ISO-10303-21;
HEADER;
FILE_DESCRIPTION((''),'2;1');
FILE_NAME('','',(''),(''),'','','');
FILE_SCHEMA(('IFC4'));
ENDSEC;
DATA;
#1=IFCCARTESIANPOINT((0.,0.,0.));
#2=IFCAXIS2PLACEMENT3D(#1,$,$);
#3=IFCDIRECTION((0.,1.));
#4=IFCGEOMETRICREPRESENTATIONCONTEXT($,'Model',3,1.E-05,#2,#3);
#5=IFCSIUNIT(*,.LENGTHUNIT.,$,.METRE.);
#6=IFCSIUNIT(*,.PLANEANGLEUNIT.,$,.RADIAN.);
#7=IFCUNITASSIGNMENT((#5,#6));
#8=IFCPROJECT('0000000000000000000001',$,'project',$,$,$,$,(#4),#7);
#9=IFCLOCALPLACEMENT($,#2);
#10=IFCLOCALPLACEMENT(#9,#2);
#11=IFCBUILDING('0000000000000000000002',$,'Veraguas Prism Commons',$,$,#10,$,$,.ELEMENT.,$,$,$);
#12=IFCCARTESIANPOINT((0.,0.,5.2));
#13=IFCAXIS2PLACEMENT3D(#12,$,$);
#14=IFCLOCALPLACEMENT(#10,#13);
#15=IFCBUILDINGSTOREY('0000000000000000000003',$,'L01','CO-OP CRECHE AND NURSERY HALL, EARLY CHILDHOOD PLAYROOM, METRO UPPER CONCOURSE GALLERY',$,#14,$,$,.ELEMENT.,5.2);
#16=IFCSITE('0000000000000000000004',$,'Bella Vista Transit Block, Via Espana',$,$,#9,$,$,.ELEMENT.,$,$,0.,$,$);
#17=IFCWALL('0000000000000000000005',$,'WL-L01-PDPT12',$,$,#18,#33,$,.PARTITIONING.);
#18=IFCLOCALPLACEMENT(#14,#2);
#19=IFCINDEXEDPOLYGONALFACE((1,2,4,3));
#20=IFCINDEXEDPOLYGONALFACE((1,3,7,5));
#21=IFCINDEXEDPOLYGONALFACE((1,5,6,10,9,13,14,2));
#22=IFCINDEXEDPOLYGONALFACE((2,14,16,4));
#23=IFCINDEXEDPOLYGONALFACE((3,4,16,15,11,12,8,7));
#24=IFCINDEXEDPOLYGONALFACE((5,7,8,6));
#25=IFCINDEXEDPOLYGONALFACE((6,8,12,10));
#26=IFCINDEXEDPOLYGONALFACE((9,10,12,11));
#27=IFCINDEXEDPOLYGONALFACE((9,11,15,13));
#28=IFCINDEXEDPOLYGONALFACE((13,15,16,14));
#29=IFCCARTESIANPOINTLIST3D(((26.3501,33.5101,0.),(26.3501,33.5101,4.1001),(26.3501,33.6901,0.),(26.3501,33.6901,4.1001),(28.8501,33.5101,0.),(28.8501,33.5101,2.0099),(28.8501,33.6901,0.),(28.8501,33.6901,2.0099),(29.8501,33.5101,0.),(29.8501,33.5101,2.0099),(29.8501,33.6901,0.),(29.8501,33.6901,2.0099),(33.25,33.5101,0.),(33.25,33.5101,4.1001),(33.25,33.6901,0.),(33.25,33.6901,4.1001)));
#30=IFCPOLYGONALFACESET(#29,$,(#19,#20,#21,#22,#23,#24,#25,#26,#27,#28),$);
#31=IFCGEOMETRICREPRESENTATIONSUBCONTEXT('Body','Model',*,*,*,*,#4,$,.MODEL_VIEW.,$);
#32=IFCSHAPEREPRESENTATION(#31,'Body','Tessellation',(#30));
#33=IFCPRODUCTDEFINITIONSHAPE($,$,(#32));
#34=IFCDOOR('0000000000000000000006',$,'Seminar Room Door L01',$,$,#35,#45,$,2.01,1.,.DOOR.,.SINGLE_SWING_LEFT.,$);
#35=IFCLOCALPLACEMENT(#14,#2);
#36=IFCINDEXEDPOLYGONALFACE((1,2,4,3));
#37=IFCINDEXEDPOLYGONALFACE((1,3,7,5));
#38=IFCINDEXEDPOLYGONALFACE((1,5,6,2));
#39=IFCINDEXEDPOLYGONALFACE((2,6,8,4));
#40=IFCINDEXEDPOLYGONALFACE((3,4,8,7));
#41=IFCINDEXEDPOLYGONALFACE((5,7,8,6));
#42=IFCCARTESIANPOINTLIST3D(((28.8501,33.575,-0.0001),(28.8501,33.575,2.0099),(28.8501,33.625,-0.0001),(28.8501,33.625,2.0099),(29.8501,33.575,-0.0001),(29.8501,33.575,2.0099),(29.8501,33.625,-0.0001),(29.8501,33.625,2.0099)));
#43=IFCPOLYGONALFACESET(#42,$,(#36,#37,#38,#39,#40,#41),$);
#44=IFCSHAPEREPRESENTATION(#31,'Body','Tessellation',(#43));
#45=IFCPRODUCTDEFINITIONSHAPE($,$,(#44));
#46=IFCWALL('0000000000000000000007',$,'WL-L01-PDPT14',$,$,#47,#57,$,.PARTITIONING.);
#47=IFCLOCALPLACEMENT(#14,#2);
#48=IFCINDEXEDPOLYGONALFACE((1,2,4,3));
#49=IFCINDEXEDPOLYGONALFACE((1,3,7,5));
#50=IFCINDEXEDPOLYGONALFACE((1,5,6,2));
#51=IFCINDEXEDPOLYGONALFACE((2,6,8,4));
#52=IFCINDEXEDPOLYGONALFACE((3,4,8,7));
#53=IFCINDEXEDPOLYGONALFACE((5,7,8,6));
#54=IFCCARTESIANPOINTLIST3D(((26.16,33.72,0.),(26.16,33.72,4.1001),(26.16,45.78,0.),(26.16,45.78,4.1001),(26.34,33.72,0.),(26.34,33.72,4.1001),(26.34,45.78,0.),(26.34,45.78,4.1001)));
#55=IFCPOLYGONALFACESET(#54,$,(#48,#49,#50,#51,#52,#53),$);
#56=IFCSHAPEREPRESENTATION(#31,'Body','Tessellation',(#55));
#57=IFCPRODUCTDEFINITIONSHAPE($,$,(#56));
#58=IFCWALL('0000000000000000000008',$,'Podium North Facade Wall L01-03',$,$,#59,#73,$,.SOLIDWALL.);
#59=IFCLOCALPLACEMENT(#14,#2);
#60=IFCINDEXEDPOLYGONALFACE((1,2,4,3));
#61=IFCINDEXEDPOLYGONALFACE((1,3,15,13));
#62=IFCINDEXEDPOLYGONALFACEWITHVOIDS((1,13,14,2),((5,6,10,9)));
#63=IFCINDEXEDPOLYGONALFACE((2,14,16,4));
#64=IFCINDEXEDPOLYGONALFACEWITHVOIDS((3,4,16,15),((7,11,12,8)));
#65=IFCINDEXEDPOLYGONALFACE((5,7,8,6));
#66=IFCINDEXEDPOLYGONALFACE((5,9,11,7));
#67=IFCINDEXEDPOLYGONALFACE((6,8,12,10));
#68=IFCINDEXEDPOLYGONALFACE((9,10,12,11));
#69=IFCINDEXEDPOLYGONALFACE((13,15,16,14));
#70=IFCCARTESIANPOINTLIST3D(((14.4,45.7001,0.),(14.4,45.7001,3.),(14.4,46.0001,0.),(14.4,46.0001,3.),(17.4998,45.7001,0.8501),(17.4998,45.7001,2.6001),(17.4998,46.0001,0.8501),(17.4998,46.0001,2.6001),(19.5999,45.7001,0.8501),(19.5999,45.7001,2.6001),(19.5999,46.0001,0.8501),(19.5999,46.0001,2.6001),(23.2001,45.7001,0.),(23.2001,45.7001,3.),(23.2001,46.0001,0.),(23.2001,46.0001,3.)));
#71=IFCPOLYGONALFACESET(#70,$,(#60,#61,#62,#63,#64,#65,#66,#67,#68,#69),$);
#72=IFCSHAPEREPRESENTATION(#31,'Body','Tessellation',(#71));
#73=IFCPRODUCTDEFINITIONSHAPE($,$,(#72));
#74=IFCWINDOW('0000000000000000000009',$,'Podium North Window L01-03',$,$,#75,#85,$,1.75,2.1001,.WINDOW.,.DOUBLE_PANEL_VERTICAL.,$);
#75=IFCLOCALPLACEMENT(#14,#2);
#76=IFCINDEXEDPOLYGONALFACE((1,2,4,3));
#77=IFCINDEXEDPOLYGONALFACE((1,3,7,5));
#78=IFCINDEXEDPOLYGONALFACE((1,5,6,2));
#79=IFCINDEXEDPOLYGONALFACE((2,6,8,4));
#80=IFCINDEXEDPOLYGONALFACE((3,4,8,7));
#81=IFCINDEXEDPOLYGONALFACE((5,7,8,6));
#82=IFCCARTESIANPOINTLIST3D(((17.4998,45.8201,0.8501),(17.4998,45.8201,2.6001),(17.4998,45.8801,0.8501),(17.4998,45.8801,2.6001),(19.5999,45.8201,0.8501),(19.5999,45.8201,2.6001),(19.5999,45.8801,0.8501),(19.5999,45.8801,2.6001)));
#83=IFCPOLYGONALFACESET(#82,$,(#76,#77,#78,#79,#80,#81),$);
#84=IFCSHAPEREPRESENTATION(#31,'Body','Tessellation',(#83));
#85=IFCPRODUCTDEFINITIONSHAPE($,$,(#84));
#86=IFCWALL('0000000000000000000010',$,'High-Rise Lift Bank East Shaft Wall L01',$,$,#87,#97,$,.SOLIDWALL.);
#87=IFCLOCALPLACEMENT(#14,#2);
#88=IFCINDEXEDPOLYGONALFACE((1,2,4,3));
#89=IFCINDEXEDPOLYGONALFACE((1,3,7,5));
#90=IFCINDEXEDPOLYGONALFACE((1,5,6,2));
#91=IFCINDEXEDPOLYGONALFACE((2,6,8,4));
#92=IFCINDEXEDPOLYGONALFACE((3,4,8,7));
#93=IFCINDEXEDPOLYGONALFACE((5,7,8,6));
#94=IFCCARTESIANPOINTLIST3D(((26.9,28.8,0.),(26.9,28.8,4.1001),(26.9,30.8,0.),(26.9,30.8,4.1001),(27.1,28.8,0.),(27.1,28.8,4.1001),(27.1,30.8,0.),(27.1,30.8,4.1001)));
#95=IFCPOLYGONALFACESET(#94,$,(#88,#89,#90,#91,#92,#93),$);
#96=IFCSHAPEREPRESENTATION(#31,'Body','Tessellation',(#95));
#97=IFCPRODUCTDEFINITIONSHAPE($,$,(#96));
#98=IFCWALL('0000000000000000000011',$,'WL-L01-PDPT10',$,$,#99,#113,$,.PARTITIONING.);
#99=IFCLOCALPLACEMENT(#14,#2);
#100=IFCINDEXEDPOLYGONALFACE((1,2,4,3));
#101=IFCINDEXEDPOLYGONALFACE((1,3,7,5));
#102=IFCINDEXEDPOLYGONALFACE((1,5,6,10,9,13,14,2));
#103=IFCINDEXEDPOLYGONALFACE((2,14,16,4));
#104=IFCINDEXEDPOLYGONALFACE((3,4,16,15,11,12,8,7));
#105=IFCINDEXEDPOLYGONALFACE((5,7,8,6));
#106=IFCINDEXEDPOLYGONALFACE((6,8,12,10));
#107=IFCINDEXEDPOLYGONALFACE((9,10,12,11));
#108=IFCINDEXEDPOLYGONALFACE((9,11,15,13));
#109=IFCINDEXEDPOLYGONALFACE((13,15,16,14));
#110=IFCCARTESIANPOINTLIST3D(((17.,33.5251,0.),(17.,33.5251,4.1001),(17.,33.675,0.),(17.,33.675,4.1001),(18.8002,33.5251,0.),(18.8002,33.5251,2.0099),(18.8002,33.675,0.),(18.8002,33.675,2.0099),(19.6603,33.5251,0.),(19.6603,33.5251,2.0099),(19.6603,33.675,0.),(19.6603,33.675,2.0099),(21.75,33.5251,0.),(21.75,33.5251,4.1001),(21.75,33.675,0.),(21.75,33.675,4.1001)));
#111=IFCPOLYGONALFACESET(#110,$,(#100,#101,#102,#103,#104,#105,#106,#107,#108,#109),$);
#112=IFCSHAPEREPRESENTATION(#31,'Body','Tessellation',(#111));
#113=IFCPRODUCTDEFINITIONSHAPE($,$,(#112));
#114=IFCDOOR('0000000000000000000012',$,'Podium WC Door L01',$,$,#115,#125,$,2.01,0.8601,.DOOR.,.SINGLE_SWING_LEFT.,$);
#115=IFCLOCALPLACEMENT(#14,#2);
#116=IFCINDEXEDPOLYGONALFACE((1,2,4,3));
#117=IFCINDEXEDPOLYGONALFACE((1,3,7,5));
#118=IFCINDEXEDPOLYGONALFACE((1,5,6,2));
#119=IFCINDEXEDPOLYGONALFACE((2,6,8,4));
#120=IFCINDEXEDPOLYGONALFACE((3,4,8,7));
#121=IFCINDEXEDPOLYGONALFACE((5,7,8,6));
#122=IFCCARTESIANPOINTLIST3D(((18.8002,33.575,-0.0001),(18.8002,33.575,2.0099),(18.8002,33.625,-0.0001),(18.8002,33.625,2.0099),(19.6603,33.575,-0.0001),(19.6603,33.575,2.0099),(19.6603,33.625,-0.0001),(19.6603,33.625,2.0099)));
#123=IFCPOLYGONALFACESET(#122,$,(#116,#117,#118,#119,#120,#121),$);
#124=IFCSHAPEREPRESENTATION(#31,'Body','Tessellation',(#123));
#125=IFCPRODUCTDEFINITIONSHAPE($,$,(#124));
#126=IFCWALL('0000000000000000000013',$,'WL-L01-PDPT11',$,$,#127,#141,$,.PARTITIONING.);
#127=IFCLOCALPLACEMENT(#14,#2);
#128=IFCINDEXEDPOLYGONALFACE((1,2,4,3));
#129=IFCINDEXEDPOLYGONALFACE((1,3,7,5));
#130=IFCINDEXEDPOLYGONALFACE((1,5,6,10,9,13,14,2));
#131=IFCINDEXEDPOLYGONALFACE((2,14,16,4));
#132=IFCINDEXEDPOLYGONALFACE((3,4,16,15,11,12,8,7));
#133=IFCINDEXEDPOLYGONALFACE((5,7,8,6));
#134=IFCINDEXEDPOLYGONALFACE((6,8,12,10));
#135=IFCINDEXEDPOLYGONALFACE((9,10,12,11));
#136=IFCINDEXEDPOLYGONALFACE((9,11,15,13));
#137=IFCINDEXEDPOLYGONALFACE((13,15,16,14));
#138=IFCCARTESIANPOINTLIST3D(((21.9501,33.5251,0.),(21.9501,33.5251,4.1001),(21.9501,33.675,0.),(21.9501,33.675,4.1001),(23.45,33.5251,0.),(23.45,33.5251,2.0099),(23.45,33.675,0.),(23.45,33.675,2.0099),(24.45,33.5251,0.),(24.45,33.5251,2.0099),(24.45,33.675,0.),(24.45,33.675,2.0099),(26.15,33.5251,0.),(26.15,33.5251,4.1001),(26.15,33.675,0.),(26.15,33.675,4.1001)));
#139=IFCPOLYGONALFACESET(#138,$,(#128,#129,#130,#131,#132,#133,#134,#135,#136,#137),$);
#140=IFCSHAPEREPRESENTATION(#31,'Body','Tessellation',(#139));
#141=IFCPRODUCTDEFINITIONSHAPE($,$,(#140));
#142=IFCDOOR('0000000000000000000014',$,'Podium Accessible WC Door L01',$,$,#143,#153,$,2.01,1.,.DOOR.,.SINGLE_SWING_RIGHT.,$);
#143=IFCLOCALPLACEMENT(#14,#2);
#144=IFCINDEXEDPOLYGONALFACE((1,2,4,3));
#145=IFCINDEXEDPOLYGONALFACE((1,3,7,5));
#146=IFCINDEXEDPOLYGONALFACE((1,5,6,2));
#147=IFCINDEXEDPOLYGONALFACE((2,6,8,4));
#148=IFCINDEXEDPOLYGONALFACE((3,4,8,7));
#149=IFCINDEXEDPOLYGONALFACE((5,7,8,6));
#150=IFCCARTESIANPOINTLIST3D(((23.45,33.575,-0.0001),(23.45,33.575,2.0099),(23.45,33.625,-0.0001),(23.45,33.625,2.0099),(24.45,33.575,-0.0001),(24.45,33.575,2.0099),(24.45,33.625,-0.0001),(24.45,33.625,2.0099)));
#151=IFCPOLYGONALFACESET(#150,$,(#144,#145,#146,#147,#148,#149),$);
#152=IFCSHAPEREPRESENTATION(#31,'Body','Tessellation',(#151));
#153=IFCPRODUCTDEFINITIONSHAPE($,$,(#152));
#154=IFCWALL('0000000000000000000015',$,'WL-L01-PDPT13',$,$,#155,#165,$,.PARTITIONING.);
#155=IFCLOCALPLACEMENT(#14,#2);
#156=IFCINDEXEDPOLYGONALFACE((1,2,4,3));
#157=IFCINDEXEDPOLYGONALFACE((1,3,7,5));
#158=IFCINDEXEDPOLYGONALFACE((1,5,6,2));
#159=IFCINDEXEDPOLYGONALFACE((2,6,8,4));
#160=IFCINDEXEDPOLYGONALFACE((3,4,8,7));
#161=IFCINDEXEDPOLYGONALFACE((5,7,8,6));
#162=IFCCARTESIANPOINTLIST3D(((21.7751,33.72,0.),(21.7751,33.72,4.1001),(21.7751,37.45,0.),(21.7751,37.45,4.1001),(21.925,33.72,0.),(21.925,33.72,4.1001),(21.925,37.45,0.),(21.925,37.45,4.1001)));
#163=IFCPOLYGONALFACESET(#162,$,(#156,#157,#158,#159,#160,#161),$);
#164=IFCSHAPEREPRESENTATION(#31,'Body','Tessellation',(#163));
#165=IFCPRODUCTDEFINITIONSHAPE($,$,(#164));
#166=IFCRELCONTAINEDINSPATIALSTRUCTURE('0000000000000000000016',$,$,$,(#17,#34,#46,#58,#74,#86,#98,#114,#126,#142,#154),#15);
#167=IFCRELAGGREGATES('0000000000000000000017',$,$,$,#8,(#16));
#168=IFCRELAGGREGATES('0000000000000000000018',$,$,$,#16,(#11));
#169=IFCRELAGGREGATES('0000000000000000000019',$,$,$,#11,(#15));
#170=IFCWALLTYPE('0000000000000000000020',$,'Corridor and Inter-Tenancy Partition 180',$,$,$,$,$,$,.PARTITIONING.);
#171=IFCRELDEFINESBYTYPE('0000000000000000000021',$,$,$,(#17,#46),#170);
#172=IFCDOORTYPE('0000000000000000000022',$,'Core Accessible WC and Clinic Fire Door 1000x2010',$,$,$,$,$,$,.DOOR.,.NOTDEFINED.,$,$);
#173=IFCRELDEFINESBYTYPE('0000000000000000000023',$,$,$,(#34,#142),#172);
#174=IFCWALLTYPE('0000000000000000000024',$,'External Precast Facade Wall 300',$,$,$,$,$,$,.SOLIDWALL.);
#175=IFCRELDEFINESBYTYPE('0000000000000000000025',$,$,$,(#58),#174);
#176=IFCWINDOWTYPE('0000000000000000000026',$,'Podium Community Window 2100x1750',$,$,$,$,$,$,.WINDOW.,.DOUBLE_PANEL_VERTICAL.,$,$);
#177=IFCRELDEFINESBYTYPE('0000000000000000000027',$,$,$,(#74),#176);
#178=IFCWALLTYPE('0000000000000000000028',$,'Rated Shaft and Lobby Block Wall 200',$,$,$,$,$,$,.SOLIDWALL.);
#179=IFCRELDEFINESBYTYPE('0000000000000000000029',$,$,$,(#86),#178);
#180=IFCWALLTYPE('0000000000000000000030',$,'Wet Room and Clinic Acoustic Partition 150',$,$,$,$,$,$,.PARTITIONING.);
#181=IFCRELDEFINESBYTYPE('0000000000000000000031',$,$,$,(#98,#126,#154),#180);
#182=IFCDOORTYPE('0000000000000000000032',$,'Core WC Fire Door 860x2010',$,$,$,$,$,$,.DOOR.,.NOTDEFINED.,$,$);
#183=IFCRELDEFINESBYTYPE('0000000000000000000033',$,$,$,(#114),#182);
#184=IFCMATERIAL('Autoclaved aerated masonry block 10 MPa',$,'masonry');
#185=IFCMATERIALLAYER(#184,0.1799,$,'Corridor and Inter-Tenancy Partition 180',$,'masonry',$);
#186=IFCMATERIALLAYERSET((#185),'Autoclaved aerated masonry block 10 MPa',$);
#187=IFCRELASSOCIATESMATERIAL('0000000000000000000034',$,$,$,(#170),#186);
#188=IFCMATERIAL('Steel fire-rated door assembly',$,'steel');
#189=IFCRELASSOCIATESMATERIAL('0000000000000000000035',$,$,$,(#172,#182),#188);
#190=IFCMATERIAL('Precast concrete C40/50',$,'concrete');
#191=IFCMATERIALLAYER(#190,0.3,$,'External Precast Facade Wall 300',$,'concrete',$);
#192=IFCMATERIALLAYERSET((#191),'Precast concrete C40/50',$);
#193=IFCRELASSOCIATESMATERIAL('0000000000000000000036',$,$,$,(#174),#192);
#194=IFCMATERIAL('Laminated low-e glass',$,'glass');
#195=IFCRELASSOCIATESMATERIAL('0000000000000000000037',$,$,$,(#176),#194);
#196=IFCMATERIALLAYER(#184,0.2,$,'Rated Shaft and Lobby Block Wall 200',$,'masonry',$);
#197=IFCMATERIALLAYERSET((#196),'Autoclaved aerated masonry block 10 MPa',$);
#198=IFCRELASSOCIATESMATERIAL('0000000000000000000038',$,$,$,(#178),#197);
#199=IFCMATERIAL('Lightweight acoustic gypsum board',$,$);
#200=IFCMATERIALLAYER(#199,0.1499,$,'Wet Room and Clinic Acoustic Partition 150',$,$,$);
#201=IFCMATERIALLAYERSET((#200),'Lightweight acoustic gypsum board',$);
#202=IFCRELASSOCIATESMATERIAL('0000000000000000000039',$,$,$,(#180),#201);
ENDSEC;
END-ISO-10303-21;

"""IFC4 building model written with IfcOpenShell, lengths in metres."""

from ifc_helpers import new_model, si_unit, direction, frame, frame_2d, origin, place, context, subcontext, project, spatial, rectangle, extrude, source, transform, mapped, material, layer, layer_set, type_object, element, fill, save


model = new_model("IFC4")

# Units and contexts
model_context = context("Model", 3, precision=1e-05, world=origin(), true_north=direction((0.0, 1.0)))
body_context = subcontext(model_context, "Body", "Model", "MODEL_VIEW")
ifc_project = project(units=[si_unit("LENGTHUNIT", "METRE"), si_unit("PLANEANGLEUNIT", "RADIAN")], contexts=[model_context])

# Site, building, storey
site_placement = place(None, origin())
site = spatial("IfcSite", under=ifc_project, at=site_placement, Name="Bella Vista Transit Block, Via Espana", CompositionType="ELEMENT", RefElevation=0.0)
building_placement = place(site_placement, origin())
building = spatial("IfcBuilding", under=site, at=building_placement, Name="Veraguas Prism Commons", CompositionType="ELEMENT")
storey_placement = place(building_placement, frame((0.0, 0.0, 5.2)))
storey = spatial("IfcBuildingStorey", under=building, at=storey_placement, Name="L01", Description="CO-OP CRECHE AND NURSERY HALL, EARLY CHILDHOOD PLAYROOM, METRO UPPER CONCOURSE GALLERY", CompositionType="ELEMENT", Elevation=5.2)

# Wall, opening, door
ifc_material_1 = material(Name="Autoclaved aerated masonry block 10 MPa", Category="masonry")
ifc_layer_1 = layer(ifc_material_1, 0.1799, Name="Corridor and Inter-Tenancy Partition 180", Category="masonry")
ifc_layer_set_1 = layer_set([ifc_layer_1], Name="Autoclaved aerated masonry block 10 MPa")
wall_type_1 = type_object("IfcWallType", Name="Corridor and Inter-Tenancy Partition 180", PredefinedType="PARTITIONING", material=ifc_layer_set_1)
wall_1_placement = place(storey_placement, frame((26.3501, 33.6001, 0.0), z_axis=(0.0, 0.0, 1.0), x_axis=(1.0, 0.0, 0.0)))
wall_1 = element("IfcWall", 1, at=wall_1_placement, inside=storey, type_object=wall_type_1, Name="WL-L01-PDPT12", PredefinedType="PARTITIONING", context=body_context, shape_type="SweptSolid", body=[
    extrude(rectangle(XDim=6.8999, YDim=0.1799, at=frame_2d((3.45, 0.0))), origin(), (0.0, 0.0, 1.0), 4.1001),
])
opening_1_placement = place(wall_1_placement, frame((2.5, 0.0, 0.0)))
opening_1 = element("IfcOpeningElement", 2, at=opening_1_placement, cuts=wall_1, PredefinedType="OPENING", context=body_context, shape_type="SweptSolid", body=[
    extrude(rectangle(XDim=1.0, YDim=2.01, at=frame_2d((0.5, 1.0049))), frame((0.0, 0.0999, 0.0), z_axis=(0.0, -1.0, 0.0), x_axis=(1.0, 0.0, 0.0)), (0.0, 0.0, 1.0), 0.2),
])
ifc_material_2 = material(Name="Steel fire-rated door assembly", Category="steel")
door_type_1 = type_object("IfcDoorType", Name="Core Accessible WC and Clinic Fire Door 1000x2010", OperationType="NOTDEFINED", PredefinedType="DOOR", material=ifc_material_2)
shared_shape_1 = source(origin(), body_context, "Body", "SweptSolid", [
    extrude(rectangle(XDim=1.0, YDim=2.01, at=frame_2d((0.5, 1.0049))), frame((0.0, 0.0249, 0.0), z_axis=(0.0, -1.0, 0.0), x_axis=(1.0, 0.0, 0.0)), (0.0, 0.0, 1.0), 0.05),
])
door_1_placement = place(opening_1_placement, origin())
door_1 = element("IfcDoor", 3, at=door_1_placement, inside=storey, type_object=door_type_1, Name="Seminar Room Door L01", OperationType="SINGLE_SWING_LEFT", OverallHeight=2.01, OverallWidth=1.0, PredefinedType="DOOR", context=body_context, shape_type="MappedRepresentation", body=[
    mapped(shared_shape_1, transform((0.0, 0.0, 0.0), scale=1.0)),
])
fill(opening_1, door_1)

# Wall
wall_2_placement = place(storey_placement, frame((26.25, 33.72, 0.0), z_axis=(0.0, 0.0, 1.0), x_axis=(0.0, 1.0, 0.0)))
element("IfcWall", 4, at=wall_2_placement, inside=storey, type_object=wall_type_1, Name="WL-L01-PDPT14", PredefinedType="PARTITIONING", context=body_context, shape_type="SweptSolid", body=[
    extrude(rectangle(XDim=12.0601, YDim=0.1799, at=frame_2d((6.03, 0.0))), origin(), (0.0, 0.0, 1.0), 4.1001),
])

# Wall, opening, window
ifc_material_3 = material(Name="Precast concrete C40/50", Category="concrete")
ifc_layer_2 = layer(ifc_material_3, 0.3, Name="External Precast Facade Wall 300", Category="concrete")
ifc_layer_set_2 = layer_set([ifc_layer_2], Name="Precast concrete C40/50")
wall_type_2 = type_object("IfcWallType", Name="External Precast Facade Wall 300", PredefinedType="SOLIDWALL", material=ifc_layer_set_2)
wall_3_placement = place(storey_placement, frame((23.2, 45.8501, 0.0), z_axis=(0.0, 0.0, 1.0), x_axis=(-1.0, 0.0, 0.0)))
wall_3 = element("IfcWall", 5, at=wall_3_placement, inside=storey, type_object=wall_type_2, Name="Podium North Facade Wall L01-03", PredefinedType="SOLIDWALL", context=body_context, shape_type="SweptSolid", body=[
    extrude(rectangle(XDim=8.8, YDim=0.3, at=frame_2d((4.3999, 0.0))), origin(), (0.0, 0.0, 1.0), 3.0),
])
opening_2_placement = place(wall_3_placement, frame((3.6001, 0.0, 0.8501)))
opening_2 = element("IfcOpeningElement", 6, at=opening_2_placement, cuts=wall_3, PredefinedType="OPENING", context=body_context, shape_type="SweptSolid", body=[
    extrude(rectangle(XDim=2.1001, YDim=1.75, at=frame_2d((1.05, 0.875))), frame((0.0, 0.1599, 0.0), z_axis=(0.0, -1.0, 0.0), x_axis=(1.0, 0.0, 0.0)), (0.0, 0.0, 1.0), 0.3201),
])
ifc_material_4 = material(Name="Laminated low-e glass", Category="glass")
window_type = type_object("IfcWindowType", Name="Podium Community Window 2100x1750", PartitioningType="DOUBLE_PANEL_VERTICAL", PredefinedType="WINDOW", material=ifc_material_4)
shared_shape_2 = source(origin(), body_context, "Body", "SweptSolid", [
    extrude(rectangle(XDim=2.1001, YDim=1.75, at=frame_2d((1.05, 0.875))), frame((0.0, 0.03, 0.0), z_axis=(0.0, -1.0, 0.0), x_axis=(1.0, 0.0, 0.0)), (0.0, 0.0, 1.0), 0.0601),
])
window_placement = place(opening_2_placement, origin())
window = element("IfcWindow", 7, at=window_placement, inside=storey, type_object=window_type, Name="Podium North Window L01-03", OverallHeight=1.75, OverallWidth=2.1001, PartitioningType="DOUBLE_PANEL_VERTICAL", PredefinedType="WINDOW", context=body_context, shape_type="MappedRepresentation", body=[
    mapped(shared_shape_2, transform((0.0, 0.0, 0.0), scale=1.0)),
])
fill(opening_2, window)

# Wall
ifc_layer_3 = layer(ifc_material_1, 0.2, Name="Rated Shaft and Lobby Block Wall 200", Category="masonry")
ifc_layer_set_3 = layer_set([ifc_layer_3], Name="Autoclaved aerated masonry block 10 MPa")
wall_type_3 = type_object("IfcWallType", Name="Rated Shaft and Lobby Block Wall 200", PredefinedType="SOLIDWALL", material=ifc_layer_set_3)
wall_4_placement = place(storey_placement, frame((27.0, 28.8, 0.0), z_axis=(0.0, 0.0, 1.0), x_axis=(0.0, 1.0, 0.0)))
element("IfcWall", 8, at=wall_4_placement, inside=storey, type_object=wall_type_3, Name="High-Rise Lift Bank East Shaft Wall L01", PredefinedType="SOLIDWALL", context=body_context, shape_type="SweptSolid", body=[
    extrude(rectangle(XDim=2.0, YDim=0.2, at=frame_2d((1.0, 0.0))), origin(), (0.0, 0.0, 1.0), 4.1001),
])

# Walls, openings, doors
ifc_material_5 = material(Name="Lightweight acoustic gypsum board")
ifc_layer_4 = layer(ifc_material_5, 0.1499, Name="Wet Room and Clinic Acoustic Partition 150")
ifc_layer_set_4 = layer_set([ifc_layer_4], Name="Lightweight acoustic gypsum board")
wall_type_4 = type_object("IfcWallType", Name="Wet Room and Clinic Acoustic Partition 150", PredefinedType="PARTITIONING", material=ifc_layer_set_4)
wall_5_placement = place(storey_placement, frame((17.0, 33.6001, 0.0), z_axis=(0.0, 0.0, 1.0), x_axis=(1.0, 0.0, 0.0)))
wall_5 = element("IfcWall", 9, at=wall_5_placement, inside=storey, type_object=wall_type_4, Name="WL-L01-PDPT10", PredefinedType="PARTITIONING", context=body_context, shape_type="SweptSolid", body=[
    extrude(rectangle(XDim=4.75, YDim=0.1499, at=frame_2d((2.375, 0.0))), origin(), (0.0, 0.0, 1.0), 4.1001),
])
opening_3_placement = place(wall_5_placement, frame((1.8, 0.0, 0.0)))
opening_3 = element("IfcOpeningElement", 10, at=opening_3_placement, cuts=wall_5, PredefinedType="OPENING", context=body_context, shape_type="SweptSolid", body=[
    extrude(rectangle(XDim=0.8601, YDim=2.01, at=frame_2d((0.4302, 1.0049))), frame((0.0, 0.085, 0.0), z_axis=(0.0, -1.0, 0.0), x_axis=(1.0, 0.0, 0.0)), (0.0, 0.0, 1.0), 0.1699),
])
door_type_2 = type_object("IfcDoorType", Name="Core WC Fire Door 860x2010", OperationType="NOTDEFINED", PredefinedType="DOOR", material=ifc_material_2)
shared_shape_3 = source(origin(), body_context, "Body", "SweptSolid", [
    extrude(rectangle(XDim=0.8601, YDim=2.01, at=frame_2d((0.4302, 1.0049))), frame((0.0, 0.0249, 0.0), z_axis=(0.0, -1.0, 0.0), x_axis=(1.0, 0.0, 0.0)), (0.0, 0.0, 1.0), 0.05),
])
door_2_placement = place(opening_3_placement, origin())
door_2 = element("IfcDoor", 11, at=door_2_placement, inside=storey, type_object=door_type_2, Name="Podium WC Door L01", OperationType="SINGLE_SWING_LEFT", OverallHeight=2.01, OverallWidth=0.8601, PredefinedType="DOOR", context=body_context, shape_type="MappedRepresentation", body=[
    mapped(shared_shape_3, transform((0.0, 0.0, 0.0), scale=1.0)),
])
fill(opening_3, door_2)
wall_6_placement = place(storey_placement, frame((21.95, 33.6001, 0.0), z_axis=(0.0, 0.0, 1.0), x_axis=(1.0, 0.0, 0.0)))
wall_6 = element("IfcWall", 12, at=wall_6_placement, inside=storey, type_object=wall_type_4, Name="WL-L01-PDPT11", PredefinedType="PARTITIONING", context=body_context, shape_type="SweptSolid", body=[
    extrude(rectangle(XDim=4.2, YDim=0.1499, at=frame_2d((2.1001, 0.0))), origin(), (0.0, 0.0, 1.0), 4.1001),
])
opening_4_placement = place(wall_6_placement, frame((1.5, 0.0, 0.0)))
opening_4 = element("IfcOpeningElement", 13, at=opening_4_placement, cuts=wall_6, PredefinedType="OPENING", context=body_context, shape_type="SweptSolid", body=[
    extrude(rectangle(XDim=1.0, YDim=2.01, at=frame_2d((0.5, 1.0049))), frame((0.0, 0.085, 0.0), z_axis=(0.0, -1.0, 0.0), x_axis=(1.0, 0.0, 0.0)), (0.0, 0.0, 1.0), 0.1699),
])
door_3_placement = place(opening_4_placement, origin())
door_3 = element("IfcDoor", 14, at=door_3_placement, inside=storey, type_object=door_type_1, Name="Podium Accessible WC Door L01", OperationType="SINGLE_SWING_RIGHT", OverallHeight=2.01, OverallWidth=1.0, PredefinedType="DOOR", context=body_context, shape_type="MappedRepresentation", body=[
    mapped(shared_shape_1, transform((0.0, 0.0, 0.0), scale=1.0)),
])
fill(opening_4, door_3)

# Wall
wall_7_placement = place(storey_placement, frame((21.8501, 33.72, 0.0), z_axis=(0.0, 0.0, 1.0), x_axis=(0.0, 1.0, 0.0)))
element("IfcWall", 15, at=wall_7_placement, inside=storey, type_object=wall_type_4, Name="WL-L01-PDPT13", PredefinedType="PARTITIONING", context=body_context, shape_type="SweptSolid", body=[
    extrude(rectangle(XDim=3.73, YDim=0.1499, at=frame_2d((1.865, 0.0))), origin(), (0.0, 0.0, 1.0), 4.1001),
])

save(model, "model.ifc")
